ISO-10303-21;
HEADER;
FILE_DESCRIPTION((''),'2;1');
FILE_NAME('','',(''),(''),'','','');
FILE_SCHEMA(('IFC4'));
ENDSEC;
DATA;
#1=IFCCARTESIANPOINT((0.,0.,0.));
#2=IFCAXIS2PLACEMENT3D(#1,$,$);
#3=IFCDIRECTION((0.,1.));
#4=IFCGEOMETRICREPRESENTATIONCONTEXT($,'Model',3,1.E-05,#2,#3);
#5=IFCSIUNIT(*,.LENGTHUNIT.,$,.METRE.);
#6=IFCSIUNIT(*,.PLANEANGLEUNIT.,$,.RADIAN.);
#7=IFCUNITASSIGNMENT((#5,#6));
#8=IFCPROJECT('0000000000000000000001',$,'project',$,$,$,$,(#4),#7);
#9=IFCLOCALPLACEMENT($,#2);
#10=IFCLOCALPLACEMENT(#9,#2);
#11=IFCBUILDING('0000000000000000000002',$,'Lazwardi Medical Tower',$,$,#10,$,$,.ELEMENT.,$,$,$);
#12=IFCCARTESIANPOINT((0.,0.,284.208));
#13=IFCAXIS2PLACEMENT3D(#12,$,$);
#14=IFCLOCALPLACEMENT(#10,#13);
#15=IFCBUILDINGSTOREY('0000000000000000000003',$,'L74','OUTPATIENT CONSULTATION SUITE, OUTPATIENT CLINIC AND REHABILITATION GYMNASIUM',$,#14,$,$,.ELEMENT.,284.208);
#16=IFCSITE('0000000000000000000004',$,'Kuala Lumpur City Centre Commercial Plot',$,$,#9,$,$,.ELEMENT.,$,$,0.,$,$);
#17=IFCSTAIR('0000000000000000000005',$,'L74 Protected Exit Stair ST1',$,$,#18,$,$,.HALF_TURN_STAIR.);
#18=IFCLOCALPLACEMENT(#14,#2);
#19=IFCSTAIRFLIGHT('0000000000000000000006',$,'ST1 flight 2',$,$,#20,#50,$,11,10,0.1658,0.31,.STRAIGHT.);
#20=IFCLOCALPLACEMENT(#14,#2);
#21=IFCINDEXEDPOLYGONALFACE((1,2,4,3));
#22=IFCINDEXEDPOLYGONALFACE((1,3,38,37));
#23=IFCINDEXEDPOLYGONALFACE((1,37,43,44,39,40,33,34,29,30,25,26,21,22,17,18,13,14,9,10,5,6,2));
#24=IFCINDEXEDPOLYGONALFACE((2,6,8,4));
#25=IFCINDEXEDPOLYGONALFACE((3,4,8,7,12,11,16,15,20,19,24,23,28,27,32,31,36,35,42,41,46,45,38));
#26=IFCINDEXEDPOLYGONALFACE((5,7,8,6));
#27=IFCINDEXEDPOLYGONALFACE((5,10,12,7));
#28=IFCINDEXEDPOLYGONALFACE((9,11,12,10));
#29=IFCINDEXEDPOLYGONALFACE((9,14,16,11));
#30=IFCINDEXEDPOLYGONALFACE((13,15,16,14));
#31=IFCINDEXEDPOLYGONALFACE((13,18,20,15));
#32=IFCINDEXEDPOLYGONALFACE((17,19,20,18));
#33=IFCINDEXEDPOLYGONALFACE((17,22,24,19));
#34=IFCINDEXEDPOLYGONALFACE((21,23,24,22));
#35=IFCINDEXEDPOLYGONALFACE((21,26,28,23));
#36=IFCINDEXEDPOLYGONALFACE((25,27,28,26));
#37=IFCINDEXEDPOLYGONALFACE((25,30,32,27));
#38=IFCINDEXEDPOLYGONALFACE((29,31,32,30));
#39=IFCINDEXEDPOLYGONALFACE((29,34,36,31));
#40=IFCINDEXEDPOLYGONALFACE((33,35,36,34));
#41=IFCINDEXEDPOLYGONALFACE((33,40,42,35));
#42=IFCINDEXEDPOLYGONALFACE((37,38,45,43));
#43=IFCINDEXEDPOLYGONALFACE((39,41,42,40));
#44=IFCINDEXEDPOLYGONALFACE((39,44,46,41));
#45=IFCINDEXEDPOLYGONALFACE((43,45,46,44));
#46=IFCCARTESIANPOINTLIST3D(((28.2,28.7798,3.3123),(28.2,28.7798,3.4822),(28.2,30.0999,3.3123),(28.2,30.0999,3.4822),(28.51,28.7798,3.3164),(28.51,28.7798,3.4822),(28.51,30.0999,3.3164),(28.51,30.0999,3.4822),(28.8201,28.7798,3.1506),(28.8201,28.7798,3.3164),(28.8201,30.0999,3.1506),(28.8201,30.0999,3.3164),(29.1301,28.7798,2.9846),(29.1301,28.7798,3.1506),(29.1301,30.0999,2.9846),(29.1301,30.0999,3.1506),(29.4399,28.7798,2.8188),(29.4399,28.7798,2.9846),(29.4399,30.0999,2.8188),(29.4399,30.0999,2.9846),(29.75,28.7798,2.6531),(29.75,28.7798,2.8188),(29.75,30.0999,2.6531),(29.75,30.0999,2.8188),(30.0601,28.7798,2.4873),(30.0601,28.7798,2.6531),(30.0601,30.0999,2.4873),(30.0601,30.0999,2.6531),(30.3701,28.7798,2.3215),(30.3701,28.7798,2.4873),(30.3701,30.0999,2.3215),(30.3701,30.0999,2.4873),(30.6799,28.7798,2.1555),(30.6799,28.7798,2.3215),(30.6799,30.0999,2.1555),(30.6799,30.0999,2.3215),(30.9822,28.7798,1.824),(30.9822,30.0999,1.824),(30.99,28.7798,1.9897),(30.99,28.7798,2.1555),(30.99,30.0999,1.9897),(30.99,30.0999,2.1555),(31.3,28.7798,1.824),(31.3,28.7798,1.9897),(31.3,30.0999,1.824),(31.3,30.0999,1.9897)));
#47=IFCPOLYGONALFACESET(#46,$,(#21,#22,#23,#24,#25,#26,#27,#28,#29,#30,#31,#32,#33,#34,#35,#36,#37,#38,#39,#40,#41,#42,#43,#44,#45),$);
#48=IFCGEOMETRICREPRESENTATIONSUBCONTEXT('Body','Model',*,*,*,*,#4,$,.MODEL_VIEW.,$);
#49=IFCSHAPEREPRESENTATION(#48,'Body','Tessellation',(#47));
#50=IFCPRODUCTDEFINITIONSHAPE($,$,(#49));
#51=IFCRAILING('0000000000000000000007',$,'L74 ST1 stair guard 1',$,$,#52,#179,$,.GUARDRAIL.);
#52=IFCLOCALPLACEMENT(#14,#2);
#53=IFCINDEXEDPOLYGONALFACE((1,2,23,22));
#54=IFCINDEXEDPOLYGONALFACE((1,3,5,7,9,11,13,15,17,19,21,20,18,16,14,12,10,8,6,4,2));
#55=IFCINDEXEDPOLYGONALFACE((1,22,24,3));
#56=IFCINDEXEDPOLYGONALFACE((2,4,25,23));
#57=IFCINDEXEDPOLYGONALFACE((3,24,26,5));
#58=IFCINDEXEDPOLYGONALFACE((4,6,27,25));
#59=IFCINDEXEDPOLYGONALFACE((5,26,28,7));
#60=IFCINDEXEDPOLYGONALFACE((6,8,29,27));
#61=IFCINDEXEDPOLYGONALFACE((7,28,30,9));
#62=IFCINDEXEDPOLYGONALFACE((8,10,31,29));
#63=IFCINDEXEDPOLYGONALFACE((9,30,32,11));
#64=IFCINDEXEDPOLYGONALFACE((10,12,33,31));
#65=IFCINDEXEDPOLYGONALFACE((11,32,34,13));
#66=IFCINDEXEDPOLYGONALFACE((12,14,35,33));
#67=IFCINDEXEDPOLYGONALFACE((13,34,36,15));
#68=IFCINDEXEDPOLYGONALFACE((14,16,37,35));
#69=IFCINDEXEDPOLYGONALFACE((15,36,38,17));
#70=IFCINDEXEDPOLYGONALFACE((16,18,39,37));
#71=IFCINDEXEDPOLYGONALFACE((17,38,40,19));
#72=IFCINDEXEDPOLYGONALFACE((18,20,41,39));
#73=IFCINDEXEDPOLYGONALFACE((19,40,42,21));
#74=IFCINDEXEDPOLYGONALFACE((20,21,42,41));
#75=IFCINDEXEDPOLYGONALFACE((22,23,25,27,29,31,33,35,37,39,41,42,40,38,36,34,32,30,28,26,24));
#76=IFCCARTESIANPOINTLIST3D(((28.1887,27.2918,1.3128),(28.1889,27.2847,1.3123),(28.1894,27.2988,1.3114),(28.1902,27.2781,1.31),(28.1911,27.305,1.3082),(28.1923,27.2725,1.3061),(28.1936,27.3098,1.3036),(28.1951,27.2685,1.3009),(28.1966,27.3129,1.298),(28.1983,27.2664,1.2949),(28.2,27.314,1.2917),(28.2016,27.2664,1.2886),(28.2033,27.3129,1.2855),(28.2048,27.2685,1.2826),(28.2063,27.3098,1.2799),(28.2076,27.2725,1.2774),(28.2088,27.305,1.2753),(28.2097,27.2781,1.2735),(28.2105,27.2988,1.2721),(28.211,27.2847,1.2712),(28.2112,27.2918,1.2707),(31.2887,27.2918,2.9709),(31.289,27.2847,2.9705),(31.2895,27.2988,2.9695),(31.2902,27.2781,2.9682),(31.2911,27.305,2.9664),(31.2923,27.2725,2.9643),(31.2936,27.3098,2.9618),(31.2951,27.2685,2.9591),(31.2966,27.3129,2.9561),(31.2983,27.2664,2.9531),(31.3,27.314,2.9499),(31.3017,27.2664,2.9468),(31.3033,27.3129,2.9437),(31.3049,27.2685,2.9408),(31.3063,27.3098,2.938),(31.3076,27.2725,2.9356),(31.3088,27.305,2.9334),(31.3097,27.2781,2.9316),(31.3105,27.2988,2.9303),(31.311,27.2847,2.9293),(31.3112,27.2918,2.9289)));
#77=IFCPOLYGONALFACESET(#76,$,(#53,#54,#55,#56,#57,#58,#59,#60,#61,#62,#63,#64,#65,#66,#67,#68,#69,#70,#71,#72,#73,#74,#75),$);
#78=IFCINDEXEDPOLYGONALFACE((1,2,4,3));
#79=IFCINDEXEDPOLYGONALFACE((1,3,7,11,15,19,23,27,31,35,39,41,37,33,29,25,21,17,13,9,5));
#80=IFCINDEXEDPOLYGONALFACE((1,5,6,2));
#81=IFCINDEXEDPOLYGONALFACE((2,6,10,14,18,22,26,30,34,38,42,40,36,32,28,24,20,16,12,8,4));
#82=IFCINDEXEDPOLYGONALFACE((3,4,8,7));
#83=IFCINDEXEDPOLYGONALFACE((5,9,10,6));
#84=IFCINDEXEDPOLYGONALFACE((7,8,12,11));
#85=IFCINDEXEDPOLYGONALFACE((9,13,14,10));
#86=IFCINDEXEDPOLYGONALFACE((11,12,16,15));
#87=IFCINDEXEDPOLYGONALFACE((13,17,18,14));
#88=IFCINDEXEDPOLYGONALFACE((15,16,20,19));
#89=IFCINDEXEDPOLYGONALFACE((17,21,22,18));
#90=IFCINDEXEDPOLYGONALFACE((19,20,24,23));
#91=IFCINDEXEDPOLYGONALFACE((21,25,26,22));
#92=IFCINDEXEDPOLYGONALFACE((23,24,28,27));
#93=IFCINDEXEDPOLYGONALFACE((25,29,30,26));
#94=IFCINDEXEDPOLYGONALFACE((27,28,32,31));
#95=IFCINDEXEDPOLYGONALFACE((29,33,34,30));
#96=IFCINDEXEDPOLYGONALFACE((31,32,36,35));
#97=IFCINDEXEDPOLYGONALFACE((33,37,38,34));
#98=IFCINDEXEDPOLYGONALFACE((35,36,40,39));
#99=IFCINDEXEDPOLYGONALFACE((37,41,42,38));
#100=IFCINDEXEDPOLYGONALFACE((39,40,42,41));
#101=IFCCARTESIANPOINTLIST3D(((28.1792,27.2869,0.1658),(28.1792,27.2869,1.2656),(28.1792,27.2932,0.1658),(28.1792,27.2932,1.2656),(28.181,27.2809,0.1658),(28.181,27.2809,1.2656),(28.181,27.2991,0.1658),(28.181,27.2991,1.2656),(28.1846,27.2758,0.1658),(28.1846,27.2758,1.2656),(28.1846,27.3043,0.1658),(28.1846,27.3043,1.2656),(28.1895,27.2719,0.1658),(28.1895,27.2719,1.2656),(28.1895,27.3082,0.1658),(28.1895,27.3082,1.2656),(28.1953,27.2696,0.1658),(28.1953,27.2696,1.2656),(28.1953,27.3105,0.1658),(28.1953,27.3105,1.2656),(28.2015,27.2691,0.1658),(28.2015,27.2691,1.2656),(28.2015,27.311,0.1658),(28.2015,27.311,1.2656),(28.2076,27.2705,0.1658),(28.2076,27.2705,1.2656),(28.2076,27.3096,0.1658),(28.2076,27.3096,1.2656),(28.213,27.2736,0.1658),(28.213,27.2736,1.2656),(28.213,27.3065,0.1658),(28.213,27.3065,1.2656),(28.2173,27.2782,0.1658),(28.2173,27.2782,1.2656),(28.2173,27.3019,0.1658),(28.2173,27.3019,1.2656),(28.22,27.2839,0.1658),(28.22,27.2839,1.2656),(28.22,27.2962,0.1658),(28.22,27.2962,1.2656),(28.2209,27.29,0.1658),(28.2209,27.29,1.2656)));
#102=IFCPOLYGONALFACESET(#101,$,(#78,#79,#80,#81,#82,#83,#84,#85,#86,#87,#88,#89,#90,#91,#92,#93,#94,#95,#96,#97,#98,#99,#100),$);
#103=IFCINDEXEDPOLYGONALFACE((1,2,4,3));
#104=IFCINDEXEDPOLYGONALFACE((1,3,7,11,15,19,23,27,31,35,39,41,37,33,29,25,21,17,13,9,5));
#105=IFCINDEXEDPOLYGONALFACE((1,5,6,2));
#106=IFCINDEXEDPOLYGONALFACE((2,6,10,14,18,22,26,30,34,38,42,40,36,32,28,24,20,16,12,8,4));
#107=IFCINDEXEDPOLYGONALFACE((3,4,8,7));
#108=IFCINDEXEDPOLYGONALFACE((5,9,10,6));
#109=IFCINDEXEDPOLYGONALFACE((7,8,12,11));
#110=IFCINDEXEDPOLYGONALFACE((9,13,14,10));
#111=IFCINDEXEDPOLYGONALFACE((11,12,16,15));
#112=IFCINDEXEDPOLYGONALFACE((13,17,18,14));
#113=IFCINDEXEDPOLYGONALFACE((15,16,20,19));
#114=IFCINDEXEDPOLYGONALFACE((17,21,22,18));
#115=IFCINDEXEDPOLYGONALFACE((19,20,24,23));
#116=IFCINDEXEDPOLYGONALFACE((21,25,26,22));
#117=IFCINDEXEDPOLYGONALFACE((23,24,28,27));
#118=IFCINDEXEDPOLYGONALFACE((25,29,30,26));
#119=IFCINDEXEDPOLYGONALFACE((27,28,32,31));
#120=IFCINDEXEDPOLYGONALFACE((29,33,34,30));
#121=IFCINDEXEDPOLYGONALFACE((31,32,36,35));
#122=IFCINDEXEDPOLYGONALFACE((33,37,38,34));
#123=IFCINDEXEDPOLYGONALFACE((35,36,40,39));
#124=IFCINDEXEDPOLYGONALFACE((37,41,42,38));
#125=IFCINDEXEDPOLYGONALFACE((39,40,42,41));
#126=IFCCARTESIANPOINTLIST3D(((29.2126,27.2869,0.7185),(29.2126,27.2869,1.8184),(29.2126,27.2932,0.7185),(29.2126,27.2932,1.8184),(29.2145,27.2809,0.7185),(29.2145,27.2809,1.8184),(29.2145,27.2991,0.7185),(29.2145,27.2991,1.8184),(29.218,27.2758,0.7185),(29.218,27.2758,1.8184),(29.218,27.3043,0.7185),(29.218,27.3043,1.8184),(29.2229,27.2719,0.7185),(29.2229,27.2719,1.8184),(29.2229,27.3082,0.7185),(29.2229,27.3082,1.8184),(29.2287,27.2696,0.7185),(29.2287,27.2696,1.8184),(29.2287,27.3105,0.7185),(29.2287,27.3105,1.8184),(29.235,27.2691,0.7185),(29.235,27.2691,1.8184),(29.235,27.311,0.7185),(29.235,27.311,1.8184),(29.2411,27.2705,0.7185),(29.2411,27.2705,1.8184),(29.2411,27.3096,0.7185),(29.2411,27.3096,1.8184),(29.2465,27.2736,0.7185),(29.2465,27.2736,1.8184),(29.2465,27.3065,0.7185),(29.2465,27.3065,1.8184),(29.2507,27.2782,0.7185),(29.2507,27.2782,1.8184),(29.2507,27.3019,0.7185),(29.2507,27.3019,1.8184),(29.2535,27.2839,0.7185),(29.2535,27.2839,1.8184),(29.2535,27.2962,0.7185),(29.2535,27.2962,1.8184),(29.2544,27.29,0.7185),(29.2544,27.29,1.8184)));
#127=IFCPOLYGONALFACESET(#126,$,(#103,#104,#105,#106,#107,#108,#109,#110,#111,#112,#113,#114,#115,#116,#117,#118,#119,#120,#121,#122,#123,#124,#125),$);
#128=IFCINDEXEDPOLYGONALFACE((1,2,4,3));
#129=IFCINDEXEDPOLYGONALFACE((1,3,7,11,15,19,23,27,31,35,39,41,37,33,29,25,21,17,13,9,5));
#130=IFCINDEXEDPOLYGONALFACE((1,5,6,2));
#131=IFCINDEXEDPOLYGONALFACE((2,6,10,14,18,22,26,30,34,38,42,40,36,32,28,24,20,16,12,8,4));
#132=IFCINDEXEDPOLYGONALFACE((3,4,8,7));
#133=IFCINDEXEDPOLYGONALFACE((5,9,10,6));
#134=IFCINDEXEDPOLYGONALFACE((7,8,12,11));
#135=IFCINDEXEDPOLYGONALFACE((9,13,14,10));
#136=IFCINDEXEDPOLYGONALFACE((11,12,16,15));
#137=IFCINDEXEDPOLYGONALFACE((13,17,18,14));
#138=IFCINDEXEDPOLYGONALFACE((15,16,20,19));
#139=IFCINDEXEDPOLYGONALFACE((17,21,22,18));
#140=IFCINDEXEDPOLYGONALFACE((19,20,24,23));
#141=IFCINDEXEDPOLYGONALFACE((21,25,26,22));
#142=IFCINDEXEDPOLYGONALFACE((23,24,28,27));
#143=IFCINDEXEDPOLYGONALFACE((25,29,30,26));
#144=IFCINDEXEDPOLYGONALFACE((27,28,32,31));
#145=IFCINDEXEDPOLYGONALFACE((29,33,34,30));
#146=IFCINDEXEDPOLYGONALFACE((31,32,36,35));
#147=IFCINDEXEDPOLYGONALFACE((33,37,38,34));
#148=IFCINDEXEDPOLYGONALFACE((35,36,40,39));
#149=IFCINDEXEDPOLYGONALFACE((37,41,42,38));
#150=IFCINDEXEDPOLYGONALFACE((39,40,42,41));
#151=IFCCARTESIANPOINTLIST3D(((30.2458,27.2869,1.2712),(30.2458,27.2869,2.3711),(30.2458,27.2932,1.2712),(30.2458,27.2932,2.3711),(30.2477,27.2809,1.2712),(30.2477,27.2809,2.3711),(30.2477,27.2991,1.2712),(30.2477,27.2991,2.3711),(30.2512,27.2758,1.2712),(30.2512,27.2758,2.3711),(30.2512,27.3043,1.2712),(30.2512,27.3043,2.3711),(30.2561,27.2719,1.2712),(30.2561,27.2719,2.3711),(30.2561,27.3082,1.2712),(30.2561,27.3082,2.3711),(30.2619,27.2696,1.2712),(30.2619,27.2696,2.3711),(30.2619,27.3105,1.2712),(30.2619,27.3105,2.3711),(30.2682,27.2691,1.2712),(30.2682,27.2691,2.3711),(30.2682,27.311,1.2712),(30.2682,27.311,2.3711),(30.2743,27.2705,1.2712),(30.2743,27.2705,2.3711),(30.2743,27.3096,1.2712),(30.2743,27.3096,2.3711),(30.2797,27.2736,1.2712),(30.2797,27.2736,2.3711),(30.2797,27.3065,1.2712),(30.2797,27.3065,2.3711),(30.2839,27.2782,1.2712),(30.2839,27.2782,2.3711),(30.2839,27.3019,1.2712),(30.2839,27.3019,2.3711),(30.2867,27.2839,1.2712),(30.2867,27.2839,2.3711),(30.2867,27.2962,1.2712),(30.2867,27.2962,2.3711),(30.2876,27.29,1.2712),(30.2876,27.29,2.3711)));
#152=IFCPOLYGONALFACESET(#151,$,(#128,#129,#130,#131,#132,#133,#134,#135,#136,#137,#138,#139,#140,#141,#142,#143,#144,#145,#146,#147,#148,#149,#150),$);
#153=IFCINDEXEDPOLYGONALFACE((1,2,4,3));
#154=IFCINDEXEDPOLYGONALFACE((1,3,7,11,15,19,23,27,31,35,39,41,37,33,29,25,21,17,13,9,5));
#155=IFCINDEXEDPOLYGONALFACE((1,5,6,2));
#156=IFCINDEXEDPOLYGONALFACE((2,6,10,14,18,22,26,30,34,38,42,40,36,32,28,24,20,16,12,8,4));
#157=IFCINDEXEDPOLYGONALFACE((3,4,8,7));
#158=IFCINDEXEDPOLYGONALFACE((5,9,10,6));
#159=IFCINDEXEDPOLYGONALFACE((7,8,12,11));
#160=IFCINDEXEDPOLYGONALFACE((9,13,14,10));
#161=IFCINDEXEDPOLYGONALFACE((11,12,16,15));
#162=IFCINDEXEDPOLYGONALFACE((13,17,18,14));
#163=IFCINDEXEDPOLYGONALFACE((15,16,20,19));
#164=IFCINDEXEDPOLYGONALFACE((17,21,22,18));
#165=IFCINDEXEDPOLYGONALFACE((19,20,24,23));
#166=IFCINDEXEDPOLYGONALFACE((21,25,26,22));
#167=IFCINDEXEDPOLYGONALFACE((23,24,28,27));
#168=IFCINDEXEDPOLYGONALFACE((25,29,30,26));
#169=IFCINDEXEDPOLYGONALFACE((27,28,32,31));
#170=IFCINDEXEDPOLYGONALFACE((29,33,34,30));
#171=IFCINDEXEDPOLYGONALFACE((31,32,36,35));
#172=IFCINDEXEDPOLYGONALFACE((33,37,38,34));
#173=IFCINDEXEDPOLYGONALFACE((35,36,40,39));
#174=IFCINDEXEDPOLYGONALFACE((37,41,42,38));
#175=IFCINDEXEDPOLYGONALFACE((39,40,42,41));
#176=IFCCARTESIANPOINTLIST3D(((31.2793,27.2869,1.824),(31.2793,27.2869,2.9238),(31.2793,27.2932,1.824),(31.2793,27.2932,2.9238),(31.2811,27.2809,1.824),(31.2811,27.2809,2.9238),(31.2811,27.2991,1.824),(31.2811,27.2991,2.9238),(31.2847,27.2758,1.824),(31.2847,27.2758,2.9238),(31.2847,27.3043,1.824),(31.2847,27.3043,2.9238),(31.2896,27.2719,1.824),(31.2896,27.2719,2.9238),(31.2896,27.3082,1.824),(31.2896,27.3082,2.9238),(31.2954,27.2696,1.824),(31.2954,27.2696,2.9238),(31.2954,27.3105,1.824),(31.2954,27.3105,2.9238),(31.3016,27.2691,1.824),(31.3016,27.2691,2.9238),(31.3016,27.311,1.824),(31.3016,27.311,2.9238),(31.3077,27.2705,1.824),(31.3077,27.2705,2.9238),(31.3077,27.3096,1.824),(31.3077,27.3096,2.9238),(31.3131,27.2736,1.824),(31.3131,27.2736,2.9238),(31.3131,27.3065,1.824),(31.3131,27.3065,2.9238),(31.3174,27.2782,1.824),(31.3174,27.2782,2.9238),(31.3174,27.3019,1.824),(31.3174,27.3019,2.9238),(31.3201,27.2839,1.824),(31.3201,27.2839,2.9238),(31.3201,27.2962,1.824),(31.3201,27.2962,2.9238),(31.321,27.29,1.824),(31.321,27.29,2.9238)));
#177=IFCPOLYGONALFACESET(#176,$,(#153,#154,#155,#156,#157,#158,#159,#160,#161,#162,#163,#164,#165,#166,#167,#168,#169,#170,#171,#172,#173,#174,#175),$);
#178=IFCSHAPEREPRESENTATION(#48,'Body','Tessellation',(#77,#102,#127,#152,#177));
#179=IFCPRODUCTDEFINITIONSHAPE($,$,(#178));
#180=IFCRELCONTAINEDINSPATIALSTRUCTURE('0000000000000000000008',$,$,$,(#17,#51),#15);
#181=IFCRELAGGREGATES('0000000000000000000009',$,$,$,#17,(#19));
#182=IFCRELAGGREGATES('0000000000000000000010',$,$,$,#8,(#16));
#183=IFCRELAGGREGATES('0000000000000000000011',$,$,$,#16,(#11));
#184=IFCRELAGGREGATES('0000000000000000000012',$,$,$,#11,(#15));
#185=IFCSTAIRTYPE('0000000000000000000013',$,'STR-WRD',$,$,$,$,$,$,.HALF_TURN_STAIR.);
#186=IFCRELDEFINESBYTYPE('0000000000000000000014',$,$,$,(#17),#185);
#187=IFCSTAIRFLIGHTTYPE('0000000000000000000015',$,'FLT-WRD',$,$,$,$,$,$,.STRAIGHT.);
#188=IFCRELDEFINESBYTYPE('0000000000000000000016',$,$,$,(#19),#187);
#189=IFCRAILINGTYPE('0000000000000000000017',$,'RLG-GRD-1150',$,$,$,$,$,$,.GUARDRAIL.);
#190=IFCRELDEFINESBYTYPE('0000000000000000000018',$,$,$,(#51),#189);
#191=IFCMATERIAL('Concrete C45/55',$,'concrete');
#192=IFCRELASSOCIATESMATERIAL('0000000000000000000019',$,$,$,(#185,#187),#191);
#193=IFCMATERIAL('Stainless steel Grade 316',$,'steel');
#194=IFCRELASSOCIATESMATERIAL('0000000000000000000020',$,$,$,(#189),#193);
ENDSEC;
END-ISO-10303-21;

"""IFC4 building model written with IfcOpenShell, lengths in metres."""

from ifc_helpers import new_model, si_unit, direction, frame, origin, origin_2d, place, context, subcontext, project, spatial, polyline, circle, outline, extrude, material, type_object, element, aggregate, save


model = new_model("IFC4")

# Units and contexts
model_context = context("Model", 3, precision=1e-05, world=origin(), true_north=direction((0.0, 1.0)))
body_context = subcontext(model_context, "Body", "Model", "MODEL_VIEW")
ifc_project = project(units=[si_unit("LENGTHUNIT", "METRE"), si_unit("PLANEANGLEUNIT", "RADIAN")], contexts=[model_context])

# Site, building, storey
site_placement = place(None, origin())
site = spatial("IfcSite", under=ifc_project, at=site_placement, Name="Kuala Lumpur City Centre Commercial Plot", CompositionType="ELEMENT", RefElevation=0.0)
building_placement = place(site_placement, origin())
building = spatial("IfcBuilding", under=site, at=building_placement, Name="Lazwardi Medical Tower", CompositionType="ELEMENT")
storey_placement = place(building_placement, frame((0.0, 0.0, 284.208)))
storey = spatial("IfcBuildingStorey", under=building, at=storey_placement, Name="L74", Description="OUTPATIENT CONSULTATION SUITE, OUTPATIENT CLINIC AND REHABILITATION GYMNASIUM", CompositionType="ELEMENT", Elevation=284.208)

# Stair, stair flight
ifc_material_1 = material(Name="Concrete C45/55", Category="concrete")
stair_type = type_object("IfcStairType", Name="STR-WRD", PredefinedType="HALF_TURN_STAIR", material=ifc_material_1)
stair_placement = place(storey_placement, origin())
stair = element("IfcStair", 1, at=stair_placement, inside=storey, type_object=stair_type, Name="L74 Protected Exit Stair ST1", PredefinedType="HALF_TURN_STAIR")
stair_flight_type = type_object("IfcStairFlightType", Name="FLT-WRD", PredefinedType="STRAIGHT", material=ifc_material_1)
stair_flight_1_placement = place(storey_placement, frame((31.3, 29.4399, 1.824), z_axis=(0.0, 0.0, 1.0), x_axis=(-1.0, 0.0, 0.0)))
stair_flight_1 = element("IfcStairFlight", 2, at=stair_flight_1_placement, type_object=stair_flight_type, Name="ST1 flight 2", NumberOfRisers=11, NumberOfTreads=10, PredefinedType="STRAIGHT", RiserHeight=0.1658, TreadLength=0.31, context=body_context, shape_type="SweptSolid", body=[
    extrude(outline(polyline([(0.0, 0.0), (0.0, 0.1658), (0.3101, 0.1658), (0.3101, 0.3315), (0.6201, 0.3315), (0.6201, 0.4976), (0.9299, 0.4976), (0.9299, 0.6633), (1.24, 0.6633), (1.24, 0.8291), (1.55, 0.8291), (1.55, 0.9949), (1.8601, 0.9949), (1.8601, 1.1606), (2.1699, 1.1606), (2.1699, 1.3267), (2.48, 1.3267), (2.48, 1.4924), (2.79, 1.4924), (2.79, 1.6582), (3.1001, 1.6582), (3.1001, 1.824), (3.1001, 1.4883), (0.3179, 0.0), (0.0, 0.0)])), frame((0.0, 0.6602, 0.0), z_axis=(0.0, -1.0, 0.0), x_axis=(1.0, 0.0, 0.0)), (0.0, 0.0, 1.0), 1.3201),
])
aggregate(stair, [stair_flight_1])

# Railing
ifc_material_2 = material(Name="Stainless steel Grade 316", Category="steel")
railing_type_1 = type_object("IfcRailingType", Name="RLG-GRD-1150", PredefinedType="GUARDRAIL", material=ifc_material_2)
railing_1_placement = place(storey_placement, frame((28.2, 27.29, 0.1658)))
element("IfcRailing", 3, at=railing_1_placement, inside=storey, type_object=railing_type_1, Name="L74 ST1 stair guard 1", PredefinedType="GUARDRAIL", context=body_context, shape_type="SweptSolid", body=[
    extrude(circle(Radius=0.0239, at=origin_2d()), frame((0.0, 0.0, 1.126), z_axis=(0.881783, 0.0, 0.471655), x_axis=(0.0, 1.0, 0.0)), (0.0, 0.0, 1.0), 3.5156),
    extrude(circle(Radius=0.021, at=origin_2d()), origin(), (0.0, 0.0, 1.0), 1.0999),
    extrude(circle(Radius=0.021, at=origin_2d()), frame((1.0334, 0.0, 0.5527)), (0.0, 0.0, 1.0), 1.0999),
    extrude(circle(Radius=0.021, at=origin_2d()), frame((2.0667, 0.0, 1.1055)), (0.0, 0.0, 1.0), 1.0999),
    extrude(circle(Radius=0.021, at=origin_2d()), frame((3.1001, 0.0, 1.6582)), (0.0, 0.0, 1.0), 1.0999),
])

save(model, "model.ifc")
